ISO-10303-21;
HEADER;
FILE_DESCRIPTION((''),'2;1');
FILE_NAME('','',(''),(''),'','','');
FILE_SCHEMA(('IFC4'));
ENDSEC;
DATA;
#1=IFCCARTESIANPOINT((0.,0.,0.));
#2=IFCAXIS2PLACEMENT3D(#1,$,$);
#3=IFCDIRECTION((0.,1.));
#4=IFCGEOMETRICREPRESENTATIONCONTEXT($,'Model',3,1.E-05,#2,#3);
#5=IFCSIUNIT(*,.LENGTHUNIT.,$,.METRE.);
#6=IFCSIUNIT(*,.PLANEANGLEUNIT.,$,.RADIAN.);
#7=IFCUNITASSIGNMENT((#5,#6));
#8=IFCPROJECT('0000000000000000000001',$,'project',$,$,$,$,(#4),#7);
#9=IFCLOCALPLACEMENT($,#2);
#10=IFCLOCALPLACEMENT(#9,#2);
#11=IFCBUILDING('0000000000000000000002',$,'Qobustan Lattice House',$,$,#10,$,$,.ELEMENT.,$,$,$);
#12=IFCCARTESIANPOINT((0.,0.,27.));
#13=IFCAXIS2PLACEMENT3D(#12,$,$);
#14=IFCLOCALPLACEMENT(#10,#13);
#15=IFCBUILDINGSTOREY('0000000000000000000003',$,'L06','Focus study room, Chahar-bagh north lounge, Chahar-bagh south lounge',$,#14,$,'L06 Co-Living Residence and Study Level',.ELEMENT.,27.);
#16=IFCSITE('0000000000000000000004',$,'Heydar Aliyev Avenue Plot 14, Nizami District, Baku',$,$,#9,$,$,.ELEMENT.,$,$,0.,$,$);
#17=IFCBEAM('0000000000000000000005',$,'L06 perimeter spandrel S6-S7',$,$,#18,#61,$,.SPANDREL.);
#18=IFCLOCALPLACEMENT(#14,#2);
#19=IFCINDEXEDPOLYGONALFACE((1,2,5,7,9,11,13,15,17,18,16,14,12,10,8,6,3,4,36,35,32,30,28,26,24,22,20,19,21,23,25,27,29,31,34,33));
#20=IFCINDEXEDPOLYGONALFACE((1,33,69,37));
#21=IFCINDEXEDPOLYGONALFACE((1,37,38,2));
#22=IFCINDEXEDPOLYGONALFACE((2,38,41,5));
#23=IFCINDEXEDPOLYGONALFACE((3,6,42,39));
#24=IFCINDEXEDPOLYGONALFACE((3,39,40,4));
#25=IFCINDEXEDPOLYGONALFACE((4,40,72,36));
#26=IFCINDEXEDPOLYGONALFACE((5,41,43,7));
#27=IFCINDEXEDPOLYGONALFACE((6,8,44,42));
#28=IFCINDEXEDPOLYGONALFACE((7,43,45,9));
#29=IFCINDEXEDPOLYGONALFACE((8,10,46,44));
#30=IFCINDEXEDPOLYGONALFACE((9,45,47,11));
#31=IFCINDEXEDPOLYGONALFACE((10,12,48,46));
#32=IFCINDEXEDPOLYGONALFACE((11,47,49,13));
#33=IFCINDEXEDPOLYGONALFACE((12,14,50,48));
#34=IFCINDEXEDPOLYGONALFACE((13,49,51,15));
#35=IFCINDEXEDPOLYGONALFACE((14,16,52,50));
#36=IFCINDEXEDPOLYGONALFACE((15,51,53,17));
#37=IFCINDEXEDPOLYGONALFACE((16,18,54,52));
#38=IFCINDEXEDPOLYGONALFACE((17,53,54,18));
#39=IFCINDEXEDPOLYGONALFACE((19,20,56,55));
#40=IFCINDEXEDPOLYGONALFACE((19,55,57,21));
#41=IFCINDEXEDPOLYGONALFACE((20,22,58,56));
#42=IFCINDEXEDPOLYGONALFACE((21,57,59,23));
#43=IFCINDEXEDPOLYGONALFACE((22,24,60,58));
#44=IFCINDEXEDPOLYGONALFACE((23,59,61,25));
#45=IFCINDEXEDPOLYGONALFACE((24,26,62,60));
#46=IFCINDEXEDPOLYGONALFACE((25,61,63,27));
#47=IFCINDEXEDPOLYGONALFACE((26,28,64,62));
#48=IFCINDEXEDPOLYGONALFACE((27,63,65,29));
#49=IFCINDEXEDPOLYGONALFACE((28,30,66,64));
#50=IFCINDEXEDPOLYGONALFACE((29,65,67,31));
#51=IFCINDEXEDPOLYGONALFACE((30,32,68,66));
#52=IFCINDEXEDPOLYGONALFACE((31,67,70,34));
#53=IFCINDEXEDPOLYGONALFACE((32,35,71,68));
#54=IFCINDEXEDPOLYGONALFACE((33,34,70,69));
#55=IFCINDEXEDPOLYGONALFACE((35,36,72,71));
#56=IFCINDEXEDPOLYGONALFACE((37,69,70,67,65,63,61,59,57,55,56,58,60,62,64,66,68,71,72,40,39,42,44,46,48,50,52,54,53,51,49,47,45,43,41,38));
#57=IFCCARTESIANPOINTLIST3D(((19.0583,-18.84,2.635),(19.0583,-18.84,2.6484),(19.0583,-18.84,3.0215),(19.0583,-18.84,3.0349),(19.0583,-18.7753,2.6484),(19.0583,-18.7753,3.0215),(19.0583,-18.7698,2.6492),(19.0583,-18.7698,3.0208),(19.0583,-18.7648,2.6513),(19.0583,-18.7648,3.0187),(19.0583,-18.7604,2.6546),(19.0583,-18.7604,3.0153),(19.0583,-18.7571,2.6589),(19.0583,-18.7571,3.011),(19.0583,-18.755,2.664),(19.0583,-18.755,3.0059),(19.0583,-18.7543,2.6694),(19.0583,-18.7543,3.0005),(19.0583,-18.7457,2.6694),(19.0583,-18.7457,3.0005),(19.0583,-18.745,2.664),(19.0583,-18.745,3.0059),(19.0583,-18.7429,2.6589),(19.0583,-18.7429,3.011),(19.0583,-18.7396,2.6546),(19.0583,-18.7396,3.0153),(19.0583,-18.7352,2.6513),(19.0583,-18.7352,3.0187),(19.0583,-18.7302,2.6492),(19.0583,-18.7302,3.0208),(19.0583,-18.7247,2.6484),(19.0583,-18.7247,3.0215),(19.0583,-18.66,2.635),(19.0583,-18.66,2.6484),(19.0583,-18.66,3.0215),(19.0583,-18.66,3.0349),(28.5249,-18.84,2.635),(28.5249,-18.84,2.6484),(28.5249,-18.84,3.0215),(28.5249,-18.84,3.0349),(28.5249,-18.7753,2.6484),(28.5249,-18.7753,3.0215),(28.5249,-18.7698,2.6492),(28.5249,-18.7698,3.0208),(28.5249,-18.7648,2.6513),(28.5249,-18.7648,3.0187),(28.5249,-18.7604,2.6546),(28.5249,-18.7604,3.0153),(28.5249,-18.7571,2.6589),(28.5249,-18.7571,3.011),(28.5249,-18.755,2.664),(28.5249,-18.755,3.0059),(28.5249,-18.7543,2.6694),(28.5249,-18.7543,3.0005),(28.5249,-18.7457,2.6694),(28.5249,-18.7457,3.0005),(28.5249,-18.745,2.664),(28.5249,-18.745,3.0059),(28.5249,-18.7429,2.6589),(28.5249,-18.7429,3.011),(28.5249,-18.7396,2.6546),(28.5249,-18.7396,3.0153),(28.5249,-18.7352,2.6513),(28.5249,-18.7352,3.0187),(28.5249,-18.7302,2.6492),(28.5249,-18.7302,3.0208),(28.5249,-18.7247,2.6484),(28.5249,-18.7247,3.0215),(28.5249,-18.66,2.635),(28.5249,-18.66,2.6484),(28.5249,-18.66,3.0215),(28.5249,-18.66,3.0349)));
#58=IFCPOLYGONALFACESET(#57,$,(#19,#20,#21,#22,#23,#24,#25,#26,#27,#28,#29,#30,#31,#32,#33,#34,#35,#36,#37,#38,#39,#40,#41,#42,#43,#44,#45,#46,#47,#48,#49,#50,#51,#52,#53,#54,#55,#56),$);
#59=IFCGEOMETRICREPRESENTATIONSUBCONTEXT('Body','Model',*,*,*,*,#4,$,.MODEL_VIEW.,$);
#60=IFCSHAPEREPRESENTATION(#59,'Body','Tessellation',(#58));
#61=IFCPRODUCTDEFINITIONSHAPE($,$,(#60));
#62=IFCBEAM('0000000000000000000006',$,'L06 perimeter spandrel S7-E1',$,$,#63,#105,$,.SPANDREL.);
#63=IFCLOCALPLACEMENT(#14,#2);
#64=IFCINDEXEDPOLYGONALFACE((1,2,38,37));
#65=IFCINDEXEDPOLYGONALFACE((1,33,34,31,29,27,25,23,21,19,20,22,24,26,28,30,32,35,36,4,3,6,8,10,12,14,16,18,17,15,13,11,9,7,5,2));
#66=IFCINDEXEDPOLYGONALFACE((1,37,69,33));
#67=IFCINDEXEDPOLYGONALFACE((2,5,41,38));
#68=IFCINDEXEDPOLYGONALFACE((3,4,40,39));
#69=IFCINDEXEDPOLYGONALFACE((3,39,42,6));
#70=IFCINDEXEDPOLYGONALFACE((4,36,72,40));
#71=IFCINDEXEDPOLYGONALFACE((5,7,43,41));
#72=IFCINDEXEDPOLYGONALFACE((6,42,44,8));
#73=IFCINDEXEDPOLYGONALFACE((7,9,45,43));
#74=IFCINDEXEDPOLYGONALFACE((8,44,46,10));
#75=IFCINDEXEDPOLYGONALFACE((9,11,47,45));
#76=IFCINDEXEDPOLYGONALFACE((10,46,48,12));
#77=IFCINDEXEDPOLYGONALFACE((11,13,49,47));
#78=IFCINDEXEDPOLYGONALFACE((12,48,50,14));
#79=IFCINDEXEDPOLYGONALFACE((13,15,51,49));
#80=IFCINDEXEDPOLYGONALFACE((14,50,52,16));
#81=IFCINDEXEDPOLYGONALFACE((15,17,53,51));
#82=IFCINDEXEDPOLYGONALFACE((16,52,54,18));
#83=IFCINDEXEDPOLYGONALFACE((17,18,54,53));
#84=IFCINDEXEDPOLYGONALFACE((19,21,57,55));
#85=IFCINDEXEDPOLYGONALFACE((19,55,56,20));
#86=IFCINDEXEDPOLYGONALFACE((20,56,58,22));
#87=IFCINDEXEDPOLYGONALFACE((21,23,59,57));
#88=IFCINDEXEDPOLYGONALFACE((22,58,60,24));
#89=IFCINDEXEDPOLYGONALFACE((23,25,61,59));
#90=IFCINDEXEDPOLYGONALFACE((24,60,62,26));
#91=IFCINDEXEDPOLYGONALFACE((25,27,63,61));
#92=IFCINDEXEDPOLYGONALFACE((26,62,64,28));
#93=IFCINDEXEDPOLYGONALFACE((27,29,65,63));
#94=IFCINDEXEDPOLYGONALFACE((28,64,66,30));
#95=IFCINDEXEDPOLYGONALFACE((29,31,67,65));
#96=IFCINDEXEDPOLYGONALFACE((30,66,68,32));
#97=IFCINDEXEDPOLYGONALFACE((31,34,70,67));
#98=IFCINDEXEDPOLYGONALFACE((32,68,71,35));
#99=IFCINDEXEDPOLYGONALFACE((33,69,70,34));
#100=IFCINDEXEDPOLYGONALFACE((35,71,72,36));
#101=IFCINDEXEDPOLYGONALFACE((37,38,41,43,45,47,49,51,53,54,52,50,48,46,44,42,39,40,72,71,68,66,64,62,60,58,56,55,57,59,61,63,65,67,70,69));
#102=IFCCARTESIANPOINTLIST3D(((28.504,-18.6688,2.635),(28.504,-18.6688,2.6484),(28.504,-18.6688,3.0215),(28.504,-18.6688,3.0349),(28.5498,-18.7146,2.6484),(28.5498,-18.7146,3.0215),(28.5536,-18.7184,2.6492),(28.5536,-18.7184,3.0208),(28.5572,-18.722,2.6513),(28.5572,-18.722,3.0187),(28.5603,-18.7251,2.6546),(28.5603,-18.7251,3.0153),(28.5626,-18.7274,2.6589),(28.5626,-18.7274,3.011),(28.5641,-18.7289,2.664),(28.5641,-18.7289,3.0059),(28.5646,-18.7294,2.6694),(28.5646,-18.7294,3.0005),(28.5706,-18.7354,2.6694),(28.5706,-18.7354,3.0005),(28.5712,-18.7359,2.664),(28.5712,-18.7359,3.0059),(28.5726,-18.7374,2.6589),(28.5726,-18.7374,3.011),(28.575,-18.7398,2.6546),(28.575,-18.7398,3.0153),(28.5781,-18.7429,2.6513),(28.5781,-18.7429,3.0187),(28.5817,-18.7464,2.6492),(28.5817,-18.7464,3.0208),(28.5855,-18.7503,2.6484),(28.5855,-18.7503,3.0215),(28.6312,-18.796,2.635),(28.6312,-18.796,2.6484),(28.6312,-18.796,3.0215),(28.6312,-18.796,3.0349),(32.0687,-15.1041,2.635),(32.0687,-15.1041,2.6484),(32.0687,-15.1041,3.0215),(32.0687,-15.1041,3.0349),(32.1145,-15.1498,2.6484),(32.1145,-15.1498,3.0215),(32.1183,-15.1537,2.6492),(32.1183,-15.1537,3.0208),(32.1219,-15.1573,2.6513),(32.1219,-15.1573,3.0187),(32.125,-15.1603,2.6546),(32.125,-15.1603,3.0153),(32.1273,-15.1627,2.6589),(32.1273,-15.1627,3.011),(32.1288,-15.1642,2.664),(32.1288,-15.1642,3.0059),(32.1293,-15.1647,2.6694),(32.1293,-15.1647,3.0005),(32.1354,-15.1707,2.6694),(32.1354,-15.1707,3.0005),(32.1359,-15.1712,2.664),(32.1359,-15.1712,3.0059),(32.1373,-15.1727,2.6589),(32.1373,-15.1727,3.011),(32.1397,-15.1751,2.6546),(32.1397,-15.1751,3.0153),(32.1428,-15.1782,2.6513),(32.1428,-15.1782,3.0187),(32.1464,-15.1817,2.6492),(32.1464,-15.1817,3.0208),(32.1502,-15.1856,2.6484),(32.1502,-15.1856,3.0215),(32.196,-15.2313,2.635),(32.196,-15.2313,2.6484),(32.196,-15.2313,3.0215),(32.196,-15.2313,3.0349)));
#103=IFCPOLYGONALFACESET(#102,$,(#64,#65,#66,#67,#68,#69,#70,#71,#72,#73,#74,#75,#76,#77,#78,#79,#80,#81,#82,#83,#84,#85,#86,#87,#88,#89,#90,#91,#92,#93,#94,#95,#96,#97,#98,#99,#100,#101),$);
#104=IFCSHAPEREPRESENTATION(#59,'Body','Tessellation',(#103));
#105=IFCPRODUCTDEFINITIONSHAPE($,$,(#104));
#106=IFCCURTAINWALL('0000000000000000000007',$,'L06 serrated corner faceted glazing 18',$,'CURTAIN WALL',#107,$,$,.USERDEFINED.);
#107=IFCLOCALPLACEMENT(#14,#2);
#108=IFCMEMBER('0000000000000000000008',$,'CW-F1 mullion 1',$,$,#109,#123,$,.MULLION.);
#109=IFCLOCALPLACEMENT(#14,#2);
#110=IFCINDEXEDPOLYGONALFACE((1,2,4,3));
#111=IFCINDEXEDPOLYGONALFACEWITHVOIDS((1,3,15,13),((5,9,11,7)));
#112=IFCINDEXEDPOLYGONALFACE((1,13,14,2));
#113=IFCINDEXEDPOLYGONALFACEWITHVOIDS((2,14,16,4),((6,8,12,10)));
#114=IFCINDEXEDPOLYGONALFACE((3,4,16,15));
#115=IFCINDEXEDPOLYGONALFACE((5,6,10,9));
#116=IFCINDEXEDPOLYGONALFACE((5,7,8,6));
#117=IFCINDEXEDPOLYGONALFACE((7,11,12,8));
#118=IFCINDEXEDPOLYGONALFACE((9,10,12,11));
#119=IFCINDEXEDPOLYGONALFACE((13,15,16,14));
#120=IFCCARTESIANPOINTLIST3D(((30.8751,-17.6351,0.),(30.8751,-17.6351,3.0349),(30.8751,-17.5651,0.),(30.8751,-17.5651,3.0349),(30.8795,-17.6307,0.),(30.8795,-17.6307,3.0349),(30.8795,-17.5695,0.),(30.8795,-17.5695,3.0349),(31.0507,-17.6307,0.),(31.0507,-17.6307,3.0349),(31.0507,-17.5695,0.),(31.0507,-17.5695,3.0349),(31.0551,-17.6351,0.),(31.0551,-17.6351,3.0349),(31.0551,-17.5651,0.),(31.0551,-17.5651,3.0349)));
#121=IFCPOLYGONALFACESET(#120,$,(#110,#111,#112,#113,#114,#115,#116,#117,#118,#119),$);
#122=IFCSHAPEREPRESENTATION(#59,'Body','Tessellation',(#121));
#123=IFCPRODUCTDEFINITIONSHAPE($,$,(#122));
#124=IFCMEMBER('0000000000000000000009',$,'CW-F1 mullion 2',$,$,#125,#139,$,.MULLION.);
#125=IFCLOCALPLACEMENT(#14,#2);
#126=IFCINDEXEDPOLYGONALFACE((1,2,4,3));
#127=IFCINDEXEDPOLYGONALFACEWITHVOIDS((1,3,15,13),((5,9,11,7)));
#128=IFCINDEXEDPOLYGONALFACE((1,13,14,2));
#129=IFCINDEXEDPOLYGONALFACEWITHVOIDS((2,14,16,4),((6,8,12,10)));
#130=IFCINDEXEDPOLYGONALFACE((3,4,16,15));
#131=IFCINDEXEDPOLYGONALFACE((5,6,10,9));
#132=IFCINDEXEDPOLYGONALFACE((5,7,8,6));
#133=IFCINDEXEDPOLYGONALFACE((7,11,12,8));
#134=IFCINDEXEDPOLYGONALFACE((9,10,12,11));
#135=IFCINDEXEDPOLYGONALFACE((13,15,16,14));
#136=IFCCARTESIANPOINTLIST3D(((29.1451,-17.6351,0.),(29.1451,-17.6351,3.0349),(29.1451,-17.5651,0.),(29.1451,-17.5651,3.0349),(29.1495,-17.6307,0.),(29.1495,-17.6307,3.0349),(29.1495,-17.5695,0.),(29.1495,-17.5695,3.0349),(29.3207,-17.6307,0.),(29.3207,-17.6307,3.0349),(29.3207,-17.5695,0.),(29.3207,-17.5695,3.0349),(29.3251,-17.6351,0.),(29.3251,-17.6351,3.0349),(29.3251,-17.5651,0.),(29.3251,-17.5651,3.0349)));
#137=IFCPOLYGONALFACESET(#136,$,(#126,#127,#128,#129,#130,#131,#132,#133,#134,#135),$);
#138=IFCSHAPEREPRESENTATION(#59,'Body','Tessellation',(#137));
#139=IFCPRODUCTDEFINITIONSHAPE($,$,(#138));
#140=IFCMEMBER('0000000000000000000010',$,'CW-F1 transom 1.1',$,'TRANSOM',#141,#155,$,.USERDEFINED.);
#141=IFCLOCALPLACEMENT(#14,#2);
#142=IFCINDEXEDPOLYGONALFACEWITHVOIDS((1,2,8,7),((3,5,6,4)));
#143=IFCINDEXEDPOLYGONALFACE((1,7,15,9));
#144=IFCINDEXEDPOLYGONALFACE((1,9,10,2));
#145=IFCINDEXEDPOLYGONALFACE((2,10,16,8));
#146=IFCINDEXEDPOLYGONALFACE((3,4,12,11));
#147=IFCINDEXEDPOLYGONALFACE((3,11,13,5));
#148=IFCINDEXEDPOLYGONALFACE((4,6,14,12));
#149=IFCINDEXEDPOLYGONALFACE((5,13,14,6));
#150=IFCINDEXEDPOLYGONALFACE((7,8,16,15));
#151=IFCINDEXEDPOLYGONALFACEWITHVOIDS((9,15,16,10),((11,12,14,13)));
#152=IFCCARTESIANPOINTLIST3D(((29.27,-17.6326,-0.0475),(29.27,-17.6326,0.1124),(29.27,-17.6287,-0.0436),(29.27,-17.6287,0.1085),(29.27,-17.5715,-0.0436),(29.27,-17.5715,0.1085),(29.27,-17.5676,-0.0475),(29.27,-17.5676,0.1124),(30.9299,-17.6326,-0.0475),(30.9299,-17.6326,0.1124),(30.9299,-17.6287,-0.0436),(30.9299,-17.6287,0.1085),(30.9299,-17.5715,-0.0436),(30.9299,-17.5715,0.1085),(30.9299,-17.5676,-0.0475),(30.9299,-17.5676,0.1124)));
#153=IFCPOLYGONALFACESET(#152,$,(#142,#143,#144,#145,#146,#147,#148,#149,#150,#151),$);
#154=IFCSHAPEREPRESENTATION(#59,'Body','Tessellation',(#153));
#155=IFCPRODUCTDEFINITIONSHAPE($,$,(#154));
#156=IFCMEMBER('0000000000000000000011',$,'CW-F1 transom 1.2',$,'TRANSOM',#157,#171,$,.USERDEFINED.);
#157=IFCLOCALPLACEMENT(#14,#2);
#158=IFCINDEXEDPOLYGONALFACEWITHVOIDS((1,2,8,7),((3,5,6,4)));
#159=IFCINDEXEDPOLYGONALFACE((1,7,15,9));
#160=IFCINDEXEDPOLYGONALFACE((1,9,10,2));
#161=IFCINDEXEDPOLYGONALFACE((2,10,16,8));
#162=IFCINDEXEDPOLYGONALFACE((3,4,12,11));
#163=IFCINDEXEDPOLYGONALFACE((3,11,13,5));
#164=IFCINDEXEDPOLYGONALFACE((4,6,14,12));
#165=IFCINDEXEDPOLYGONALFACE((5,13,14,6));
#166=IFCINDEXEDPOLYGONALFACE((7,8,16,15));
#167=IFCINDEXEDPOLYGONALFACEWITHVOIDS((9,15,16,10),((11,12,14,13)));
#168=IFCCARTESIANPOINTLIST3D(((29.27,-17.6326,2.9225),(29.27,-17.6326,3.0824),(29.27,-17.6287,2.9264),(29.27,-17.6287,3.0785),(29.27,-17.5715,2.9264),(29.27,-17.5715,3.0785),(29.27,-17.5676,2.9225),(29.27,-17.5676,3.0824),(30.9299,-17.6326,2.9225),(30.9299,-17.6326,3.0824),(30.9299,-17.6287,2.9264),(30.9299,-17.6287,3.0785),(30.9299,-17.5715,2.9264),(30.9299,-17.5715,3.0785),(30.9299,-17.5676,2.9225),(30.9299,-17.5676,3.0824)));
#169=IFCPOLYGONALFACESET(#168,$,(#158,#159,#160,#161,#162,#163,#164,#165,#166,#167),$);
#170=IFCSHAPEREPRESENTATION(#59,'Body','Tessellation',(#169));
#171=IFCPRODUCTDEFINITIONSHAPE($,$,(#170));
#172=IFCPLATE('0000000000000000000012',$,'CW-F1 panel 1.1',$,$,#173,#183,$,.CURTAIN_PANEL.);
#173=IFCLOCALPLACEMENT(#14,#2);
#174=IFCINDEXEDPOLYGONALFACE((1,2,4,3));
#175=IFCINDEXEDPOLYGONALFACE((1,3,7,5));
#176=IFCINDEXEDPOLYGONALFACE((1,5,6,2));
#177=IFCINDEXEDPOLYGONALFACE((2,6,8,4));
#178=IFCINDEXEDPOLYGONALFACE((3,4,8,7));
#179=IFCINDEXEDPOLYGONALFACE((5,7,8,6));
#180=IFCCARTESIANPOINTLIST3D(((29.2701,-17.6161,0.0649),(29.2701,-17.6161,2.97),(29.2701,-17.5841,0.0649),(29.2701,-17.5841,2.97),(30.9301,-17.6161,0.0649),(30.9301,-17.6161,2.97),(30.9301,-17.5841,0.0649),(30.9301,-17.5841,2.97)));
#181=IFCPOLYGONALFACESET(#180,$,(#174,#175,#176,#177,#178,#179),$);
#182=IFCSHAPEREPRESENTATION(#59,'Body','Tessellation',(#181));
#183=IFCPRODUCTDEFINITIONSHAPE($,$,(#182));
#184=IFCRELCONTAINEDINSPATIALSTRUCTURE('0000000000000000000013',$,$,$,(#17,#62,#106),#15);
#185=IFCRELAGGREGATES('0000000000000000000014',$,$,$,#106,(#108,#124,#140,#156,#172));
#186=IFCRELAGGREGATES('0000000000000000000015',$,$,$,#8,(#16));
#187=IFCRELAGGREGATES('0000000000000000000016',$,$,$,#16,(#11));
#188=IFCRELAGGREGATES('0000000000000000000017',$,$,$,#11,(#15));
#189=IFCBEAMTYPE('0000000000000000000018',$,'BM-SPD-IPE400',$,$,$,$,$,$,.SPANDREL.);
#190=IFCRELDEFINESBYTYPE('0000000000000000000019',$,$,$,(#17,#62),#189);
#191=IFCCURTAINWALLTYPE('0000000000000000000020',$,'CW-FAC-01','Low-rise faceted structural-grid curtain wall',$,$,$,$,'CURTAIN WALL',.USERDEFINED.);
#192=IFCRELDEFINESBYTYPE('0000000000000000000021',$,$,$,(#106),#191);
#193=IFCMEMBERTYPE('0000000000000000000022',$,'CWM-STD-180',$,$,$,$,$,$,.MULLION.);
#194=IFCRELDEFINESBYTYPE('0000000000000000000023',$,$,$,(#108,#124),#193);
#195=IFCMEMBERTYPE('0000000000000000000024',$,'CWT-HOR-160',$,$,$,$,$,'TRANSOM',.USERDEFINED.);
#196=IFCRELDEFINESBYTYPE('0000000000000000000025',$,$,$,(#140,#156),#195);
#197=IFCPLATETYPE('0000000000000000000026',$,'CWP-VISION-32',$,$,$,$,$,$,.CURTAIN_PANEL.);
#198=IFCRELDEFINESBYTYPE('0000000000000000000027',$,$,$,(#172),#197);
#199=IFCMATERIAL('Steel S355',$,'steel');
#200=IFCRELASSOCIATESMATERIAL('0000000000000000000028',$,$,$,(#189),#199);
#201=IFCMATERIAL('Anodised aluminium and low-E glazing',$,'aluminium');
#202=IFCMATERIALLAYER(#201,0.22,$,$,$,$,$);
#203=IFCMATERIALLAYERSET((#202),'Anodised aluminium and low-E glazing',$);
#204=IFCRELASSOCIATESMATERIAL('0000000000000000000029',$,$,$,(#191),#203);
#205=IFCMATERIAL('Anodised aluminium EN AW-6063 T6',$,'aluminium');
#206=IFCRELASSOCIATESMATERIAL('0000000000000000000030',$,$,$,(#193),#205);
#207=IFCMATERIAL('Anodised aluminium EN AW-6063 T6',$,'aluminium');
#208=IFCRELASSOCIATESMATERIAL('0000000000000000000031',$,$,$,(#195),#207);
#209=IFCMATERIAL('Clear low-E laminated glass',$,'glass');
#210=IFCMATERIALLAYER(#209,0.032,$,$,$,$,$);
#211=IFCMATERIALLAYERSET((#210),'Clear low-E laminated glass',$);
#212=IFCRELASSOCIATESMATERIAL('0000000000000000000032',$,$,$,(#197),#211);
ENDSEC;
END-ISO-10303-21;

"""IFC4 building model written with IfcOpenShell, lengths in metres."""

from ifc_helpers import new_model, si_unit, direction, frame, origin, origin_2d, place, context, subcontext, project, spatial, rectangle, hollow_rectangle, i_section, extrude, material, layer, layer_set, material_profile, profile_set, type_object, element, aggregate, save


model = new_model("IFC4")

# Units and contexts
model_context = context("Model", 3, precision=1e-05, world=origin(), true_north=direction((0.0, 1.0)))
body_context = subcontext(model_context, "Body", "Model", "MODEL_VIEW")
ifc_project = project(units=[si_unit("LENGTHUNIT", "METRE"), si_unit("PLANEANGLEUNIT", "RADIAN")], contexts=[model_context])

# Site, building, storey
site_placement = place(None, origin())
site = spatial("IfcSite", under=ifc_project, at=site_placement, Name="Heydar Aliyev Avenue Plot 14, Nizami District, Baku", CompositionType="ELEMENT", RefElevation=0.0)
building_placement = place(site_placement, origin())
building = spatial("IfcBuilding", under=site, at=building_placement, Name="Qobustan Lattice House", CompositionType="ELEMENT")
storey_placement = place(building_placement, frame((0.0, 0.0, 27.0)))
storey = spatial("IfcBuildingStorey", under=building, at=storey_placement, Name="L06", Description="Focus study room, Chahar-bagh north lounge, Chahar-bagh south lounge", LongName="L06 Co-Living Residence and Study Level", CompositionType="ELEMENT", Elevation=27.0)

# Beams
ifc_material_1 = material(Name="Steel S355", Category="steel")
ifc_material_profile_1 = material_profile(ifc_material_1, i_section(OverallWidth=0.1799, OverallDepth=0.3999, WebThickness=0.0085, FlangeThickness=0.0134, FilletRadius=0.021, at=origin_2d()), Name="IPE400")
ifc_profile_set_1 = profile_set([ifc_material_profile_1], Name="Steel S355")
beam_type_1 = type_object("IfcBeamType", Name="BM-SPD-IPE400", PredefinedType="SPANDREL", material=ifc_profile_set_1)
beam_1_placement = place(storey_placement, frame((19.0583, -18.75, 2.835), z_axis=(1.0, 0.0, 0.0), x_axis=(0.0, 1.0, 0.0)))
element("IfcBeam", 1, at=beam_1_placement, inside=storey, type_object=beam_type_1, Name="L06 perimeter spandrel S6-S7", PredefinedType="SPANDREL", context=body_context, shape_type="SweptSolid", body=[
    extrude(i_section(OverallWidth=0.1799, OverallDepth=0.3999, WebThickness=0.0085, FlangeThickness=0.0134, FilletRadius=0.021, at=origin_2d()), origin(), (0.0, 0.0, 1.0), 9.4666),
])
beam_2_placement = place(storey_placement, frame((28.5676, -18.7324, 2.835), z_axis=(0.707107, 0.707107, 0.0), x_axis=(-0.707107, 0.707107, 0.0)))
element("IfcBeam", 2, at=beam_2_placement, inside=storey, type_object=beam_type_1, Name="L06 perimeter spandrel S7-E1", PredefinedType="SPANDREL", context=body_context, shape_type="SweptSolid", body=[
    extrude(i_section(OverallWidth=0.1799, OverallDepth=0.3999, WebThickness=0.0085, FlangeThickness=0.0134, FilletRadius=0.021, at=origin_2d()), origin(), (0.0, 0.0, 1.0), 5.0413),
])

# Curtain wall, members, plate
ifc_material_2 = material(Name="Anodised aluminium and low-E glazing", Category="aluminium")
ifc_layer_1 = layer(ifc_material_2, 0.22)
ifc_layer_set_1 = layer_set([ifc_layer_1], Name="Anodised aluminium and low-E glazing")
curtain_wall_type = type_object("IfcCurtainWallType", Name="CW-FAC-01", Description="Low-rise faceted structural-grid curtain wall", ElementType="CURTAIN WALL", PredefinedType="USERDEFINED", material=ifc_layer_set_1)
curtain_wall_placement = place(storey_placement, origin())
curtain_wall = element("IfcCurtainWall", 3, at=curtain_wall_placement, inside=storey, type_object=curtain_wall_type, Name="L06 serrated corner faceted glazing 18", ObjectType="CURTAIN WALL", PredefinedType="USERDEFINED")
ifc_material_3 = material(Name="Anodised aluminium EN AW-6063 T6", Category="aluminium")
ifc_material_profile_2 = material_profile(ifc_material_3, hollow_rectangle(XDim=0.0701, YDim=0.1799, WallThickness=0.0044, at=origin_2d()), Name="CWM-180x70")
ifc_profile_set_2 = profile_set([ifc_material_profile_2], Name="Anodised aluminium EN AW-6063 T6")
member_type_1 = type_object("IfcMemberType", Name="CWM-STD-180", PredefinedType="MULLION", material=ifc_profile_set_2)
member_1_placement = place(storey_placement, frame((30.9651, -17.6001, 0.0), z_axis=(0.0, 0.0, 1.0), x_axis=(0.0, -1.0, 0.0)))
member_1 = element("IfcMember", 4, at=member_1_placement, type_object=member_type_1, Name="CW-F1 mullion 1", PredefinedType="MULLION", context=body_context, shape_type="SweptSolid", body=[
    extrude(hollow_rectangle(XDim=0.0701, YDim=0.1799, WallThickness=0.0044, at=origin_2d()), origin(), (0.0, 0.0, 1.0), 3.0349),
])
member_2_placement = place(storey_placement, frame((29.2351, -17.6001, 0.0), z_axis=(0.0, 0.0, 1.0), x_axis=(0.0, -1.0, 0.0)))
member_2 = element("IfcMember", 5, at=member_2_placement, type_object=member_type_1, Name="CW-F1 mullion 2", PredefinedType="MULLION", context=body_context, shape_type="SweptSolid", body=[
    extrude(hollow_rectangle(XDim=0.0701, YDim=0.1799, WallThickness=0.0044, at=origin_2d()), origin(), (0.0, 0.0, 1.0), 3.0349),
])
ifc_material_4 = material(Name="Anodised aluminium EN AW-6063 T6", Category="aluminium")
ifc_material_profile_3 = material_profile(ifc_material_4, hollow_rectangle(XDim=0.0649, YDim=0.1599, WallThickness=0.0039, at=origin_2d()), Name="CWT-160x65")
ifc_profile_set_3 = profile_set([ifc_material_profile_3], Name="Anodised aluminium EN AW-6063 T6")
member_type_2 = type_object("IfcMemberType", Name="CWT-HOR-160", ElementType="TRANSOM", PredefinedType="USERDEFINED", material=ifc_profile_set_3)
member_3_placement = place(storey_placement, frame((30.9299, -17.6001, 0.0325), z_axis=(-1.0, 0.0, 0.0), x_axis=(0.0, -1.0, 0.0)))
member_3 = element("IfcMember", 6, at=member_3_placement, type_object=member_type_2, Name="CW-F1 transom 1.1", ObjectType="TRANSOM", PredefinedType="USERDEFINED", context=body_context, shape_type="SweptSolid", body=[
    extrude(hollow_rectangle(XDim=0.0649, YDim=0.1599, WallThickness=0.0039, at=origin_2d()), origin(), (0.0, 0.0, 1.0), 1.6599),
])
member_4_placement = place(storey_placement, frame((30.9299, -17.6001, 3.0024), z_axis=(-1.0, 0.0, 0.0), x_axis=(0.0, -1.0, 0.0)))
member_4 = element("IfcMember", 7, at=member_4_placement, type_object=member_type_2, Name="CW-F1 transom 1.2", ObjectType="TRANSOM", PredefinedType="USERDEFINED", context=body_context, shape_type="SweptSolid", body=[
    extrude(hollow_rectangle(XDim=0.0649, YDim=0.1599, WallThickness=0.0039, at=origin_2d()), origin(), (0.0, 0.0, 1.0), 1.6599),
])
ifc_material_5 = material(Name="Clear low-E laminated glass", Category="glass")
ifc_layer_2 = layer(ifc_material_5, 0.032)
ifc_layer_set_2 = layer_set([ifc_layer_2], Name="Clear low-E laminated glass")
plate_type = type_object("IfcPlateType", Name="CWP-VISION-32", PredefinedType="CURTAIN_PANEL", material=ifc_layer_set_2)
plate_placement = place(storey_placement, frame((30.1001, -17.6001, 0.0649), z_axis=(0.0, 0.0, 1.0), x_axis=(-1.0, 0.0, 0.0)))
plate = element("IfcPlate", 8, at=plate_placement, type_object=plate_type, Name="CW-F1 panel 1.1", PredefinedType="CURTAIN_PANEL", context=body_context, shape_type="SweptSolid", body=[
    extrude(rectangle(XDim=1.6599, YDim=0.032, at=origin_2d()), origin(), (0.0, 0.0, 1.0), 2.905),
])
aggregate(curtain_wall, [member_1, member_2, member_3, member_4, plate])

save(model, "model.ifc")
